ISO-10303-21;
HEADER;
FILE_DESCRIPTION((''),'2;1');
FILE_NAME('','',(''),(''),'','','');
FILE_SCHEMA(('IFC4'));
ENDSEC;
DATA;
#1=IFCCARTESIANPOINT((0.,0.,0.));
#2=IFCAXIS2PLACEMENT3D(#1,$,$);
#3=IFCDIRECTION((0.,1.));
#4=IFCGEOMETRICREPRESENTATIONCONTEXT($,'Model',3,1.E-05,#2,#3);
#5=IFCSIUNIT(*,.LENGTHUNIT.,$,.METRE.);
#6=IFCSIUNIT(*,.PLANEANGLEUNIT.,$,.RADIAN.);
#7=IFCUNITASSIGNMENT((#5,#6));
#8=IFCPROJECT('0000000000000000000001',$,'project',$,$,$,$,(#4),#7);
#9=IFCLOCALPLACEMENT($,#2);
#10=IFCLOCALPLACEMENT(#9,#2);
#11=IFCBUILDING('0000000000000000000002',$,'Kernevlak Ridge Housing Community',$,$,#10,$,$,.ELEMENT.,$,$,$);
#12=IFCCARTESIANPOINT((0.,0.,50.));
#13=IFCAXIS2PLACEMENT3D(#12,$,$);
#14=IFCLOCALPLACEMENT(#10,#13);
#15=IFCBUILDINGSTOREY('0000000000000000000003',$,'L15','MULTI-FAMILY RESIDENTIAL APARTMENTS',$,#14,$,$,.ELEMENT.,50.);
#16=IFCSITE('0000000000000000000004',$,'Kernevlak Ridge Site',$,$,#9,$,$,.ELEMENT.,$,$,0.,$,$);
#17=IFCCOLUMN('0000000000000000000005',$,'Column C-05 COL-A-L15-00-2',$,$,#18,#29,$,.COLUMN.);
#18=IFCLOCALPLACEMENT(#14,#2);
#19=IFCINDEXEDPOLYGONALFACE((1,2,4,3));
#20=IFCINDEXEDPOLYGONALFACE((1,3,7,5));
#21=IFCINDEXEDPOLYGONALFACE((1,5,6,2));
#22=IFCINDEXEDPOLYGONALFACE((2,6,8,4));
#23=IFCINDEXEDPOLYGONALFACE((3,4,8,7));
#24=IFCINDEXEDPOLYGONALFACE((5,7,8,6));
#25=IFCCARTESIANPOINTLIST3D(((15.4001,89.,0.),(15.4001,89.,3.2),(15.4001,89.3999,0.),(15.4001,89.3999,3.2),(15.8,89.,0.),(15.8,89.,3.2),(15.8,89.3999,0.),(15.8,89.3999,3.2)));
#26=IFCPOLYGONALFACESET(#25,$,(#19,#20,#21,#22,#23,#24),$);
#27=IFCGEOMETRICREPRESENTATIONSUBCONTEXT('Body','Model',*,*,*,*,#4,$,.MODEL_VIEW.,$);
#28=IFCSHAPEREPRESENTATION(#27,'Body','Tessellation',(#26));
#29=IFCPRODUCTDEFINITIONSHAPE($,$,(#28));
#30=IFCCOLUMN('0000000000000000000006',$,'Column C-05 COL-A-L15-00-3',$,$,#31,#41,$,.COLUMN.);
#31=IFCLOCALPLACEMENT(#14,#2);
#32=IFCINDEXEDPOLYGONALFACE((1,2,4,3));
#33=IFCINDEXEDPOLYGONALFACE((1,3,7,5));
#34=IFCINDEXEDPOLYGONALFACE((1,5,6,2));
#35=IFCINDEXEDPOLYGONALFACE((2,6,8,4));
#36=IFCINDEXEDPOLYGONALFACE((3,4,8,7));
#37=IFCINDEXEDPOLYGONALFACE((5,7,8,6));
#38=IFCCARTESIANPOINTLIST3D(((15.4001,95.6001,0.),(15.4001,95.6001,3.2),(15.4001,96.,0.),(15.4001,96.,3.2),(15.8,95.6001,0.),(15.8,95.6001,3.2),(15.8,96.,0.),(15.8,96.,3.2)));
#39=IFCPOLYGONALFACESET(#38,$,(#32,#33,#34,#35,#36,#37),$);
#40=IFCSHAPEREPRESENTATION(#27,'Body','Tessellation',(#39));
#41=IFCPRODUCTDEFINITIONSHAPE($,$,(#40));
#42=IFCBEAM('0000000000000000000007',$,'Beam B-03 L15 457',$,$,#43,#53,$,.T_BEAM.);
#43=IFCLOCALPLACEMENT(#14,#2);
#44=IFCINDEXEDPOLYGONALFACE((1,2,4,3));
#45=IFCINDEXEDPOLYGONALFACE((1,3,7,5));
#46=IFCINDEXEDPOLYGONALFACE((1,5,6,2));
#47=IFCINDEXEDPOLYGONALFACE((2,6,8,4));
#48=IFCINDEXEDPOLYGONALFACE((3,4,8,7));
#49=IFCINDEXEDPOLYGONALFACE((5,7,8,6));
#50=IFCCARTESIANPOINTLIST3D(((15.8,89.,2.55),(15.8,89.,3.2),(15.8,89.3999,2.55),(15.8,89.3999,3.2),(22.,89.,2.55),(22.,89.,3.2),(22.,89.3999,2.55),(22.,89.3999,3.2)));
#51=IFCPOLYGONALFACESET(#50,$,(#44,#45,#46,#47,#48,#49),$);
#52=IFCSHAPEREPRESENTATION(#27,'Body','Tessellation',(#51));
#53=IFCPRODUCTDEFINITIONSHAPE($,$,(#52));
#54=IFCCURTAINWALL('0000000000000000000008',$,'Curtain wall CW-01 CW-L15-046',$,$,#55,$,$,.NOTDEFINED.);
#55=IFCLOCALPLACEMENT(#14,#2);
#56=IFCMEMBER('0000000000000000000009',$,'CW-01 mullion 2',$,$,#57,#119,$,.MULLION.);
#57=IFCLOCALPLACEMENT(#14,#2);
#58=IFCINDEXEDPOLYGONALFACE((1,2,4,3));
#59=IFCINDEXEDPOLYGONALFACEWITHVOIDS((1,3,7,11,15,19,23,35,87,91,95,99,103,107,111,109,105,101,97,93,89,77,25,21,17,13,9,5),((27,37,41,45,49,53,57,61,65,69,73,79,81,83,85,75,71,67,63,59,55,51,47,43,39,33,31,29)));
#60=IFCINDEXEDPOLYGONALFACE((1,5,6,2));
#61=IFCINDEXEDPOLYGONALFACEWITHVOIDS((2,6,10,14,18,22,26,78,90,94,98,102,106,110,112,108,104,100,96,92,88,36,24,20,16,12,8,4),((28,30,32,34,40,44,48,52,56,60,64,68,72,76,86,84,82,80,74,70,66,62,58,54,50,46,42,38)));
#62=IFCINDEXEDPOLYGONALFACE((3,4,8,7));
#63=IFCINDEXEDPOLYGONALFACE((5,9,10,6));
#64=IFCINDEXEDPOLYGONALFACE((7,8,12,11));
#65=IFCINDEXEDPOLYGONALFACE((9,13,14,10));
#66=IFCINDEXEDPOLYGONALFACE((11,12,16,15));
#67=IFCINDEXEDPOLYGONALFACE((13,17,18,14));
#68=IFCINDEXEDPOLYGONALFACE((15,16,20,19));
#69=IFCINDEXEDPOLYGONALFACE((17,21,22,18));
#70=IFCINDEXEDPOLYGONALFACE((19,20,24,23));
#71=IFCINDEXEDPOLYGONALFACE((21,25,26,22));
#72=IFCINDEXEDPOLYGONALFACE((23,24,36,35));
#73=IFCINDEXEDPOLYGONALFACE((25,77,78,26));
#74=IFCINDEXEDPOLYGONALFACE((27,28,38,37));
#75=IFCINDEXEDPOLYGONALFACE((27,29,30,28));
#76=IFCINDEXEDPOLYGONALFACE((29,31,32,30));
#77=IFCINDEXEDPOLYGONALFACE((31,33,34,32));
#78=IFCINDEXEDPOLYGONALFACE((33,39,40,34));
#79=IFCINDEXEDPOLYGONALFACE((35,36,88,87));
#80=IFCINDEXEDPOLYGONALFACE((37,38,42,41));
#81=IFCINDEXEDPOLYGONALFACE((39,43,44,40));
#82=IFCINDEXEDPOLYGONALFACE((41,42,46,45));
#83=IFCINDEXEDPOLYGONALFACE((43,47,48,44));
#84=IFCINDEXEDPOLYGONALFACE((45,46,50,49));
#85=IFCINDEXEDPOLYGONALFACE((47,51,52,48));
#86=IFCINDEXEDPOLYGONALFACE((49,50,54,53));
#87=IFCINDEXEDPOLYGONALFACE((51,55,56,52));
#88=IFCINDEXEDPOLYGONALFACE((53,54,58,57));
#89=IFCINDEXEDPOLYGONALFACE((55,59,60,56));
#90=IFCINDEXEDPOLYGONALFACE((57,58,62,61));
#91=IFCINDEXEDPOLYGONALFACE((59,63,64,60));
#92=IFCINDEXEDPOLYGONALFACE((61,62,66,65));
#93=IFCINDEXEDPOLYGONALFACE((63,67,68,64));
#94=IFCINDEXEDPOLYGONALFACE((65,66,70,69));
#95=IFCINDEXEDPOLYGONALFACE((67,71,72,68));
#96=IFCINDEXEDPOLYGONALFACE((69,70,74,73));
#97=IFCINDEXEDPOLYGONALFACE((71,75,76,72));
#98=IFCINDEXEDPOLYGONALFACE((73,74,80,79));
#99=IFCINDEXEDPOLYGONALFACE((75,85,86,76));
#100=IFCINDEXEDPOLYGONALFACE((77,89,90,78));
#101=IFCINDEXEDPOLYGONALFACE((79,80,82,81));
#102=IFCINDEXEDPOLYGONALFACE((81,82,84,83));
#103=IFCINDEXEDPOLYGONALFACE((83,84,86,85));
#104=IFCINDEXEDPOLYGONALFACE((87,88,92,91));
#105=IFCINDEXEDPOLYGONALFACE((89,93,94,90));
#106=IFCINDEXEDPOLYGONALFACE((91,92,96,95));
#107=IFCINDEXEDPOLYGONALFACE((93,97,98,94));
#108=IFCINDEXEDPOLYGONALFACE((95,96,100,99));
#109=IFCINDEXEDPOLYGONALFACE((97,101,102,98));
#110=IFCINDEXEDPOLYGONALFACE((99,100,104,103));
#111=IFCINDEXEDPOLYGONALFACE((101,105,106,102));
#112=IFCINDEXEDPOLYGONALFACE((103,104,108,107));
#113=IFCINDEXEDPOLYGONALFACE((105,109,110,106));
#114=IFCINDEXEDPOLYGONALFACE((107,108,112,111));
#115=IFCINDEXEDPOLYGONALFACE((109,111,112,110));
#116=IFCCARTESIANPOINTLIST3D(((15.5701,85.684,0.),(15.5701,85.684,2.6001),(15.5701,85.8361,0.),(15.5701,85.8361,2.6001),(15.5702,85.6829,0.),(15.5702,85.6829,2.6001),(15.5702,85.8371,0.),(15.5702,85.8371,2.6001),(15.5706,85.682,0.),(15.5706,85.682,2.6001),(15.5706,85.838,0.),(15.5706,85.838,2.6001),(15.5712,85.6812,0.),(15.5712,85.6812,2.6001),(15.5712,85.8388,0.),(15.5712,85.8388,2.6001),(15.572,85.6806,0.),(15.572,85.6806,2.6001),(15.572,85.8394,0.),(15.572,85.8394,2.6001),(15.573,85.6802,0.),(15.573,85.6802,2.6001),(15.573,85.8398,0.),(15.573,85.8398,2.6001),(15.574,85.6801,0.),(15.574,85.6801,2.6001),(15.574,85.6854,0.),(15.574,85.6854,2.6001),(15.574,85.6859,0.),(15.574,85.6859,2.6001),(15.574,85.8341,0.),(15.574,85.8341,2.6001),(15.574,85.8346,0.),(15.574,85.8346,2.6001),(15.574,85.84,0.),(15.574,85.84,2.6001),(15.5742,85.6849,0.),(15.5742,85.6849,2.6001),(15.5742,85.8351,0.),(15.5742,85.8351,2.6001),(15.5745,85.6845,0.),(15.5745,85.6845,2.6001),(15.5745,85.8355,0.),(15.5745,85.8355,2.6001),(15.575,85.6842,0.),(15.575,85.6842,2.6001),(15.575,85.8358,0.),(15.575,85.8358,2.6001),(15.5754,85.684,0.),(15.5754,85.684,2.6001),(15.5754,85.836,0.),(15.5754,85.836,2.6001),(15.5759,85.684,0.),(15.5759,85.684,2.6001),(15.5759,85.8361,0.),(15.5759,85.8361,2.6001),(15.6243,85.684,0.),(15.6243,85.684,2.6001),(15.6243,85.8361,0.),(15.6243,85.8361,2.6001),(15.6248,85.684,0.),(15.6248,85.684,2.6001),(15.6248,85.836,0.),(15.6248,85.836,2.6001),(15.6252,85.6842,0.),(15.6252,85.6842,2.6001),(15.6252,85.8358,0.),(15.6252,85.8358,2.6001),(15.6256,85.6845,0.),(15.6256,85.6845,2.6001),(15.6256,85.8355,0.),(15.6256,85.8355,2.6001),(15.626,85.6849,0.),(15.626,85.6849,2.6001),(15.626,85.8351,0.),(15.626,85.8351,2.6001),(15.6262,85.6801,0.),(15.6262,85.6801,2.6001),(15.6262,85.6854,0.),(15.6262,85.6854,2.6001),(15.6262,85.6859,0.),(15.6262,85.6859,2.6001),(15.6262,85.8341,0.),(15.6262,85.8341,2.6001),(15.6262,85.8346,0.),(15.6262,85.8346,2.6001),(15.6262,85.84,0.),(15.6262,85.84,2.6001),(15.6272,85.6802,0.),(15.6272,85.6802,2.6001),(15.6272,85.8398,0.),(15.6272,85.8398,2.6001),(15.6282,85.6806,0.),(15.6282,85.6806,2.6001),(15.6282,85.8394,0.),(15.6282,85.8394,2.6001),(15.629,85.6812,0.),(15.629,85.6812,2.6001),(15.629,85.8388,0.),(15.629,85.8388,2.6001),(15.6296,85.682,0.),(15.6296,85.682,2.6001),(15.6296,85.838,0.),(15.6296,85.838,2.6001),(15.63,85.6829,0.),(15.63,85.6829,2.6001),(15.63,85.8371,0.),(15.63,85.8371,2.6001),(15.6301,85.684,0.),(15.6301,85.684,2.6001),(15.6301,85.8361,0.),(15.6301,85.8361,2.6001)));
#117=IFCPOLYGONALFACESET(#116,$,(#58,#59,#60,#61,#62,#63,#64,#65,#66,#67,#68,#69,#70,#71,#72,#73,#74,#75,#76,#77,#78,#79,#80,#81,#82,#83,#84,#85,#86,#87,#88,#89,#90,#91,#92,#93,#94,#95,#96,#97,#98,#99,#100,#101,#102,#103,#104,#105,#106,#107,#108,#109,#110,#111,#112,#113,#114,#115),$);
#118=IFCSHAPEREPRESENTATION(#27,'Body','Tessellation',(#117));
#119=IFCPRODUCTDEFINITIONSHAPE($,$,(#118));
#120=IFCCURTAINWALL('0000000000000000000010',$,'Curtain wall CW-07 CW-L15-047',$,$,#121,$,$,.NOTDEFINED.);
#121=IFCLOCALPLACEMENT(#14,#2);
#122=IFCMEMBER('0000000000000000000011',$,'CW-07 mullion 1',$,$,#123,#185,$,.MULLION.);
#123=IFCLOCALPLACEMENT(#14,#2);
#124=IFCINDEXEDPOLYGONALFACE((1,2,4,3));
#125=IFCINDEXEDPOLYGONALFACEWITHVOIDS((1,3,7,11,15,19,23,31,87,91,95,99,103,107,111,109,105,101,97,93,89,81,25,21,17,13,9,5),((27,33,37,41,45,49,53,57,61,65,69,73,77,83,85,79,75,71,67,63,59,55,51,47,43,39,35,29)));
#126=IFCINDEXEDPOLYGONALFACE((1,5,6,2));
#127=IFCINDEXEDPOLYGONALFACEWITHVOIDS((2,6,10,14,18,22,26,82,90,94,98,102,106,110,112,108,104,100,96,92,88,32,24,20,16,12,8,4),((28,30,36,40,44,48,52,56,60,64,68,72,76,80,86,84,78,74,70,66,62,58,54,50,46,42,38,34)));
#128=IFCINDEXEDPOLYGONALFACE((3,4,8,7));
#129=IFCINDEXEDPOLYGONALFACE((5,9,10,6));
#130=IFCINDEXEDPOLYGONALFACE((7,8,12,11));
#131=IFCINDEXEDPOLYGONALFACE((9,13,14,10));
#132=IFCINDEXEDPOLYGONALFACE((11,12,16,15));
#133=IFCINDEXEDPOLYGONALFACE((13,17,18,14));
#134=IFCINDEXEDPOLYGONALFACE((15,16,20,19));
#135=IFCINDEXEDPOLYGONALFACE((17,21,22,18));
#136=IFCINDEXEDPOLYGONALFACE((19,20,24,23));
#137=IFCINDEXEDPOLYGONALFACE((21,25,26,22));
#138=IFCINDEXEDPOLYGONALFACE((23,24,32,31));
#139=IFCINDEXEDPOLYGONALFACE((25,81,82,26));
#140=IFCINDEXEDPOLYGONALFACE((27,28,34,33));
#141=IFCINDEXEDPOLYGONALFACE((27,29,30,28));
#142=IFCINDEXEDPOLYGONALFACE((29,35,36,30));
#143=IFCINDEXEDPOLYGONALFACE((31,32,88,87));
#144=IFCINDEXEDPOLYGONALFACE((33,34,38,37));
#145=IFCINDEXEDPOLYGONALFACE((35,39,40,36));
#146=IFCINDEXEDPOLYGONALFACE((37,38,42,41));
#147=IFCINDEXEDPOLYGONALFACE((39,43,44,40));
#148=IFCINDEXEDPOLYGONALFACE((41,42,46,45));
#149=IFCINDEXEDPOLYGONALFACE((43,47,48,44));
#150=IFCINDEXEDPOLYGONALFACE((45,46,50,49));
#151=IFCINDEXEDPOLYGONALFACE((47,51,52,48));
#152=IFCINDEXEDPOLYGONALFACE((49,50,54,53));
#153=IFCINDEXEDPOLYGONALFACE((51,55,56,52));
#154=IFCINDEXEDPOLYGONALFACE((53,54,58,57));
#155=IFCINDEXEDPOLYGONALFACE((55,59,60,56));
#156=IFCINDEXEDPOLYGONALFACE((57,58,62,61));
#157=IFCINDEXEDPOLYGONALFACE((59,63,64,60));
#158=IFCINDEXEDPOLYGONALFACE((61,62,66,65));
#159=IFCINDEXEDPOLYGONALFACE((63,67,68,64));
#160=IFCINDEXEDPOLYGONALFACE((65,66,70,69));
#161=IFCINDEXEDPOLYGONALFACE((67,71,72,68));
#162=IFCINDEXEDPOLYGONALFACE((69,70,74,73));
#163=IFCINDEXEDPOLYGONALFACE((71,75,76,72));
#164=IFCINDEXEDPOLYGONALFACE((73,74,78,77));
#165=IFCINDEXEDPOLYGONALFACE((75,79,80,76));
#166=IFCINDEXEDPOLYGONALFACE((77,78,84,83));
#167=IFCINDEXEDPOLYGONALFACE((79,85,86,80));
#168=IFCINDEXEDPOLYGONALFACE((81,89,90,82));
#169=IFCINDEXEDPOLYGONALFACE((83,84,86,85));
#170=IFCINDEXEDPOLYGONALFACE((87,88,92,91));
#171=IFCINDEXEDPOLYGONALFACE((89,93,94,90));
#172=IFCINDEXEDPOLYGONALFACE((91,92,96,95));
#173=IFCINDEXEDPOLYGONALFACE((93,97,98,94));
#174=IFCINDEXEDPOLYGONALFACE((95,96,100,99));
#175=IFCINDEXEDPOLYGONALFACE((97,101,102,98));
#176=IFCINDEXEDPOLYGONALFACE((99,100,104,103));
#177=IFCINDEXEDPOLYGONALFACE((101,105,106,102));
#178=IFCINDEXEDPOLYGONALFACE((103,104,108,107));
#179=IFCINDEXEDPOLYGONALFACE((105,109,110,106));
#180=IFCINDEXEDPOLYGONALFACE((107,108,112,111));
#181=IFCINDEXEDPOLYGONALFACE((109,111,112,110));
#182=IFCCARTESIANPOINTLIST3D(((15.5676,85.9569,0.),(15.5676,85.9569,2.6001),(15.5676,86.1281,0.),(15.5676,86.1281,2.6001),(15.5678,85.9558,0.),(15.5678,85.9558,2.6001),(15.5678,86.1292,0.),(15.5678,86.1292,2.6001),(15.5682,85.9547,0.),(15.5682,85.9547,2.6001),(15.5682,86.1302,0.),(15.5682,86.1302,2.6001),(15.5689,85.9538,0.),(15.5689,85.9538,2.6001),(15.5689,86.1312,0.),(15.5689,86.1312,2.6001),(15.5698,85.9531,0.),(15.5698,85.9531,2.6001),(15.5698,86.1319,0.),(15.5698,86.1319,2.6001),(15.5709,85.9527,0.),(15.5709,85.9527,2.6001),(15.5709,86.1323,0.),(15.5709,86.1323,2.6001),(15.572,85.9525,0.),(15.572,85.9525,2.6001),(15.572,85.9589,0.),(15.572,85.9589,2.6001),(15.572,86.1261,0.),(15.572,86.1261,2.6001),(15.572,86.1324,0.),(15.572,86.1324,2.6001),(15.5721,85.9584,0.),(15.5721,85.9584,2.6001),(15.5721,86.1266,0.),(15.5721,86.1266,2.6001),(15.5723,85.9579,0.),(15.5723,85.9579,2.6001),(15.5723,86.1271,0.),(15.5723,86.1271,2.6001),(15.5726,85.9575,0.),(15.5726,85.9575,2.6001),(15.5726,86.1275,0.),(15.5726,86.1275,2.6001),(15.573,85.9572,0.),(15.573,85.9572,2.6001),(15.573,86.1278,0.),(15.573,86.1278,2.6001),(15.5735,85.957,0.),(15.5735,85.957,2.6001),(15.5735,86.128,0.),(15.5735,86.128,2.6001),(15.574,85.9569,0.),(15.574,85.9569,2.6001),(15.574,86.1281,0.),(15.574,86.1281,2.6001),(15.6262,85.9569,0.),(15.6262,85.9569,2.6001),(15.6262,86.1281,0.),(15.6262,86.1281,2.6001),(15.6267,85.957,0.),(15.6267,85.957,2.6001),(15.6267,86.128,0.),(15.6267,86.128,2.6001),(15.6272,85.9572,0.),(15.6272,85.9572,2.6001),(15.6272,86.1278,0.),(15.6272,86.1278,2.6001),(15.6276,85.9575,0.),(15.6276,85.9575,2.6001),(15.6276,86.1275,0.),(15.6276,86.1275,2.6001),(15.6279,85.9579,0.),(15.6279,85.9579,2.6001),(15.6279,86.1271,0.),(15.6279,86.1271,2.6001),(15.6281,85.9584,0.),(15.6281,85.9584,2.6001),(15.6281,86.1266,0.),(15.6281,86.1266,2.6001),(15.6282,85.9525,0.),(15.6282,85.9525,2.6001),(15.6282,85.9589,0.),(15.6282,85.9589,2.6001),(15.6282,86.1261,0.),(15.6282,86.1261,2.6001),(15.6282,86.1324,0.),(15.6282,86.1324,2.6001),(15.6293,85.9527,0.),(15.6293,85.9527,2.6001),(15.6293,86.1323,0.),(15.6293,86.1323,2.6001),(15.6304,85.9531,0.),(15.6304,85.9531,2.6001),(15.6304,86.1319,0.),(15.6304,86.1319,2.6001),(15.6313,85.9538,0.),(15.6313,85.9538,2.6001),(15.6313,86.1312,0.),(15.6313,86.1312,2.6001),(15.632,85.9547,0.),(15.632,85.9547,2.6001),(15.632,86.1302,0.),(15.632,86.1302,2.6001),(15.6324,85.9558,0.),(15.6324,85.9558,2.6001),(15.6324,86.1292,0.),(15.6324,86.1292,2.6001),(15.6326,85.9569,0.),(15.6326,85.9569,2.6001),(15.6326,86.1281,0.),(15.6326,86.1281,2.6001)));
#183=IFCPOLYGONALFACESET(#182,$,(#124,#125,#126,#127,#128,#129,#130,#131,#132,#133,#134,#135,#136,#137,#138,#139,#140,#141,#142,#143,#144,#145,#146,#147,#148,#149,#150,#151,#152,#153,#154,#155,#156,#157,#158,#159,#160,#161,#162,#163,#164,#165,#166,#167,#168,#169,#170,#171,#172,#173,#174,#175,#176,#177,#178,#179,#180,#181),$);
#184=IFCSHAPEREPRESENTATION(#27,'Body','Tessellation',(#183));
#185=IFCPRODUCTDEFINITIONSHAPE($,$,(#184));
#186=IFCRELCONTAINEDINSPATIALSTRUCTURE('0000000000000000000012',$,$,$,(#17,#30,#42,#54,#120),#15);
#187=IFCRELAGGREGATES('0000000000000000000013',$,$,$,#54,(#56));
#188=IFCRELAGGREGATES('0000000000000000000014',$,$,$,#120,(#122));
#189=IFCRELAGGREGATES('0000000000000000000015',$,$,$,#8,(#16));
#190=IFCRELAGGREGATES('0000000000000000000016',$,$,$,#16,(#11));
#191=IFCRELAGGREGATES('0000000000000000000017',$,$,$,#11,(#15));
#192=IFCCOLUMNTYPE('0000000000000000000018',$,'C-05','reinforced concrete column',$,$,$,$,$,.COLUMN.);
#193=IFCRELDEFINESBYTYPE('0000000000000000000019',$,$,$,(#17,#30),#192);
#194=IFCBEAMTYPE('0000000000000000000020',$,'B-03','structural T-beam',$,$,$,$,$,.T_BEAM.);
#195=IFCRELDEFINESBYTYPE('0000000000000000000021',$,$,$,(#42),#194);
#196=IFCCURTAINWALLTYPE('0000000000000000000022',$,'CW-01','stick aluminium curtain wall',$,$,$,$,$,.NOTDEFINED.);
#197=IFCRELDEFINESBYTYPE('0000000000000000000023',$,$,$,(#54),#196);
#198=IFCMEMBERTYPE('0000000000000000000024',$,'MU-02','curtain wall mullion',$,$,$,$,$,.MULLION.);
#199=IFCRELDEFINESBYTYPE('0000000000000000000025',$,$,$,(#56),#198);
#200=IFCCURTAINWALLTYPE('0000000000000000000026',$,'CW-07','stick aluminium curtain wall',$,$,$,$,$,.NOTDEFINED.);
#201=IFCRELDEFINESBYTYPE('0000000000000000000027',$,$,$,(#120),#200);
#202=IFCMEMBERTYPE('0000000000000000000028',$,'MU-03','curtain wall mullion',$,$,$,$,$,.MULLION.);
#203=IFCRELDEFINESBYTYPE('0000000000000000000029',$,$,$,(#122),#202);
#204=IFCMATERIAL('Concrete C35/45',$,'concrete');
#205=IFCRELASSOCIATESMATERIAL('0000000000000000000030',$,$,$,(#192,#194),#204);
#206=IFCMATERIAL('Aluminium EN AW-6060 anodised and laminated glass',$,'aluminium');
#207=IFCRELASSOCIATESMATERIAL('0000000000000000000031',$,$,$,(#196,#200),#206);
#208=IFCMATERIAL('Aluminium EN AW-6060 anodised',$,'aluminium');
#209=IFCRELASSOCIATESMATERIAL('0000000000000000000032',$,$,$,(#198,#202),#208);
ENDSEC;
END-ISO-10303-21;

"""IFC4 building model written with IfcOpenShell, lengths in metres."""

from ifc_helpers import new_model, si_unit, direction, frame, origin, origin_2d, place, context, subcontext, project, spatial, rectangle, hollow_rectangle, extrude, material, material_profile, profile_set, type_object, element, aggregate, save


model = new_model("IFC4")

# Units and contexts
model_context = context("Model", 3, precision=1e-05, world=origin(), true_north=direction((0.0, 1.0)))
body_context = subcontext(model_context, "Body", "Model", "MODEL_VIEW")
ifc_project = project(units=[si_unit("LENGTHUNIT", "METRE"), si_unit("PLANEANGLEUNIT", "RADIAN")], contexts=[model_context])

# Site, building, storey
site_placement = place(None, origin())
site = spatial("IfcSite", under=ifc_project, at=site_placement, Name="Kernevlak Ridge Site", CompositionType="ELEMENT", RefElevation=0.0)
building_placement = place(site_placement, origin())
building = spatial("IfcBuilding", under=site, at=building_placement, Name="Kernevlak Ridge Housing Community", CompositionType="ELEMENT")
storey_placement = place(building_placement, frame((0.0, 0.0, 50.0)))
storey = spatial("IfcBuildingStorey", under=building, at=storey_placement, Name="L15", Description="MULTI-FAMILY RESIDENTIAL APARTMENTS", CompositionType="ELEMENT", Elevation=50.0)

# Columns
ifc_material_1 = material(Name="Concrete C35/45", Category="concrete")
ifc_material_profile_1 = material_profile(ifc_material_1, rectangle(XDim=0.3999, YDim=0.3999, at=origin_2d()), Name="RC 400x400")
ifc_profile_set_1 = profile_set([ifc_material_profile_1], Name="Concrete C35/45")
column_type = type_object("IfcColumnType", Name="C-05", Description="reinforced concrete column", PredefinedType="COLUMN", material=ifc_profile_set_1)
for number, where, z_axis, x_axis, name in (
    (1, (15.6001, 89.2, 0.0), (0.0, 0.0, 1.0), (1.0, 0.0, 0.0), "Column C-05 COL-A-L15-00-2"),
    (2, (15.6001, 95.8, 0.0), (0.0, 0.0, 1.0), (1.0, 0.0, 0.0), "Column C-05 COL-A-L15-00-3"),
):
    element("IfcColumn", number, at=place(storey_placement, frame(where, z_axis=z_axis, x_axis=x_axis)), inside=storey, type_object=column_type, Name=name, PredefinedType="COLUMN", context=body_context, shape_type="SweptSolid", body=[
        extrude(rectangle(XDim=0.3999, YDim=0.3999, at=origin_2d()), origin(), (0.0, 0.0, 1.0), 3.2),
    ])

# Beam
ifc_material_profile_2 = material_profile(ifc_material_1, rectangle(XDim=0.3999, YDim=0.6499, at=origin_2d()), Name="RC 400x650")
ifc_profile_set_2 = profile_set([ifc_material_profile_2], Name="Concrete C35/45")
beam_type_1 = type_object("IfcBeamType", Name="B-03", Description="structural T-beam", PredefinedType="T_BEAM", material=ifc_profile_set_2)
beam_1_placement = place(storey_placement, frame((15.8, 89.2, 2.875), z_axis=(1.0, 0.0, 0.0), x_axis=(0.0, 1.0, 0.0)))
element("IfcBeam", 3, at=beam_1_placement, inside=storey, type_object=beam_type_1, Name="Beam B-03 L15 457", PredefinedType="T_BEAM", context=body_context, shape_type="SweptSolid", body=[
    extrude(rectangle(XDim=0.3999, YDim=0.6499, at=origin_2d()), origin(), (0.0, 0.0, 1.0), 6.2),
])

# Curtain wall, member
ifc_material_2 = material(Name="Aluminium EN AW-6060 anodised and laminated glass", Category="aluminium")
curtain_wall_type_1 = type_object("IfcCurtainWallType", Name="CW-01", Description="stick aluminium curtain wall", PredefinedType="NOTDEFINED", material=ifc_material_2)
curtain_wall_1_placement = place(storey_placement, origin())
curtain_wall_1 = element("IfcCurtainWall", 4, at=curtain_wall_1_placement, inside=storey, type_object=curtain_wall_type_1, Name="Curtain wall CW-01 CW-L15-046", PredefinedType="NOTDEFINED")
ifc_material_3 = material(Name="Aluminium EN AW-6060 anodised", Category="aluminium")
ifc_material_profile_3 = material_profile(ifc_material_3, hollow_rectangle(XDim=0.0601, YDim=0.1599, WallThickness=0.0039, InnerFilletRadius=0.002, OuterFilletRadius=0.0039, at=origin_2d()), Name="ALU 60x160x4")
ifc_profile_set_3 = profile_set([ifc_material_profile_3], Name="Aluminium EN AW-6060 anodised")
member_type_1 = type_object("IfcMemberType", Name="MU-02", Description="curtain wall mullion", PredefinedType="MULLION", material=ifc_profile_set_3)
member_1_placement = place(storey_placement, frame((15.6001, 85.76, 0.0), z_axis=(0.0, 0.0, 1.0), x_axis=(-1.0, 0.0, 0.0)))
member_1 = element("IfcMember", 5, at=member_1_placement, type_object=member_type_1, Name="CW-01 mullion 2", PredefinedType="MULLION", context=body_context, shape_type="SweptSolid", body=[
    extrude(hollow_rectangle(XDim=0.0601, YDim=0.1599, WallThickness=0.0039, InnerFilletRadius=0.002, OuterFilletRadius=0.0039, at=origin_2d()), origin(), (0.0, 0.0, 1.0), 2.6001),
])
aggregate(curtain_wall_1, [member_1])

# Curtain wall, member
curtain_wall_type_2 = type_object("IfcCurtainWallType", Name="CW-07", Description="stick aluminium curtain wall", PredefinedType="NOTDEFINED", material=ifc_material_2)
curtain_wall_2_placement = place(storey_placement, origin())
curtain_wall_2 = element("IfcCurtainWall", 6, at=curtain_wall_2_placement, inside=storey, type_object=curtain_wall_type_2, Name="Curtain wall CW-07 CW-L15-047", PredefinedType="NOTDEFINED")
ifc_material_profile_4 = material_profile(ifc_material_3, hollow_rectangle(XDim=0.0649, YDim=0.1799, WallThickness=0.0044, InnerFilletRadius=0.002, OuterFilletRadius=0.0044, at=origin_2d()), Name="ALU 65x180x4.5")
ifc_profile_set_4 = profile_set([ifc_material_profile_4], Name="Aluminium EN AW-6060 anodised")
member_type_2 = type_object("IfcMemberType", Name="MU-03", Description="curtain wall mullion", PredefinedType="MULLION", material=ifc_profile_set_4)
member_2_placement = place(storey_placement, frame((15.6001, 86.0425, 0.0), z_axis=(0.0, 0.0, 1.0), x_axis=(-1.0, 0.0, 0.0)))
member_2 = element("IfcMember", 7, at=member_2_placement, type_object=member_type_2, Name="CW-07 mullion 1", PredefinedType="MULLION", context=body_context, shape_type="SweptSolid", body=[
    extrude(hollow_rectangle(XDim=0.0649, YDim=0.1799, WallThickness=0.0044, InnerFilletRadius=0.002, OuterFilletRadius=0.0044, at=origin_2d()), origin(), (0.0, 0.0, 1.0), 2.6001),
])

aggregate(curtain_wall_2, [member_2])

save(model, "model.ifc")
